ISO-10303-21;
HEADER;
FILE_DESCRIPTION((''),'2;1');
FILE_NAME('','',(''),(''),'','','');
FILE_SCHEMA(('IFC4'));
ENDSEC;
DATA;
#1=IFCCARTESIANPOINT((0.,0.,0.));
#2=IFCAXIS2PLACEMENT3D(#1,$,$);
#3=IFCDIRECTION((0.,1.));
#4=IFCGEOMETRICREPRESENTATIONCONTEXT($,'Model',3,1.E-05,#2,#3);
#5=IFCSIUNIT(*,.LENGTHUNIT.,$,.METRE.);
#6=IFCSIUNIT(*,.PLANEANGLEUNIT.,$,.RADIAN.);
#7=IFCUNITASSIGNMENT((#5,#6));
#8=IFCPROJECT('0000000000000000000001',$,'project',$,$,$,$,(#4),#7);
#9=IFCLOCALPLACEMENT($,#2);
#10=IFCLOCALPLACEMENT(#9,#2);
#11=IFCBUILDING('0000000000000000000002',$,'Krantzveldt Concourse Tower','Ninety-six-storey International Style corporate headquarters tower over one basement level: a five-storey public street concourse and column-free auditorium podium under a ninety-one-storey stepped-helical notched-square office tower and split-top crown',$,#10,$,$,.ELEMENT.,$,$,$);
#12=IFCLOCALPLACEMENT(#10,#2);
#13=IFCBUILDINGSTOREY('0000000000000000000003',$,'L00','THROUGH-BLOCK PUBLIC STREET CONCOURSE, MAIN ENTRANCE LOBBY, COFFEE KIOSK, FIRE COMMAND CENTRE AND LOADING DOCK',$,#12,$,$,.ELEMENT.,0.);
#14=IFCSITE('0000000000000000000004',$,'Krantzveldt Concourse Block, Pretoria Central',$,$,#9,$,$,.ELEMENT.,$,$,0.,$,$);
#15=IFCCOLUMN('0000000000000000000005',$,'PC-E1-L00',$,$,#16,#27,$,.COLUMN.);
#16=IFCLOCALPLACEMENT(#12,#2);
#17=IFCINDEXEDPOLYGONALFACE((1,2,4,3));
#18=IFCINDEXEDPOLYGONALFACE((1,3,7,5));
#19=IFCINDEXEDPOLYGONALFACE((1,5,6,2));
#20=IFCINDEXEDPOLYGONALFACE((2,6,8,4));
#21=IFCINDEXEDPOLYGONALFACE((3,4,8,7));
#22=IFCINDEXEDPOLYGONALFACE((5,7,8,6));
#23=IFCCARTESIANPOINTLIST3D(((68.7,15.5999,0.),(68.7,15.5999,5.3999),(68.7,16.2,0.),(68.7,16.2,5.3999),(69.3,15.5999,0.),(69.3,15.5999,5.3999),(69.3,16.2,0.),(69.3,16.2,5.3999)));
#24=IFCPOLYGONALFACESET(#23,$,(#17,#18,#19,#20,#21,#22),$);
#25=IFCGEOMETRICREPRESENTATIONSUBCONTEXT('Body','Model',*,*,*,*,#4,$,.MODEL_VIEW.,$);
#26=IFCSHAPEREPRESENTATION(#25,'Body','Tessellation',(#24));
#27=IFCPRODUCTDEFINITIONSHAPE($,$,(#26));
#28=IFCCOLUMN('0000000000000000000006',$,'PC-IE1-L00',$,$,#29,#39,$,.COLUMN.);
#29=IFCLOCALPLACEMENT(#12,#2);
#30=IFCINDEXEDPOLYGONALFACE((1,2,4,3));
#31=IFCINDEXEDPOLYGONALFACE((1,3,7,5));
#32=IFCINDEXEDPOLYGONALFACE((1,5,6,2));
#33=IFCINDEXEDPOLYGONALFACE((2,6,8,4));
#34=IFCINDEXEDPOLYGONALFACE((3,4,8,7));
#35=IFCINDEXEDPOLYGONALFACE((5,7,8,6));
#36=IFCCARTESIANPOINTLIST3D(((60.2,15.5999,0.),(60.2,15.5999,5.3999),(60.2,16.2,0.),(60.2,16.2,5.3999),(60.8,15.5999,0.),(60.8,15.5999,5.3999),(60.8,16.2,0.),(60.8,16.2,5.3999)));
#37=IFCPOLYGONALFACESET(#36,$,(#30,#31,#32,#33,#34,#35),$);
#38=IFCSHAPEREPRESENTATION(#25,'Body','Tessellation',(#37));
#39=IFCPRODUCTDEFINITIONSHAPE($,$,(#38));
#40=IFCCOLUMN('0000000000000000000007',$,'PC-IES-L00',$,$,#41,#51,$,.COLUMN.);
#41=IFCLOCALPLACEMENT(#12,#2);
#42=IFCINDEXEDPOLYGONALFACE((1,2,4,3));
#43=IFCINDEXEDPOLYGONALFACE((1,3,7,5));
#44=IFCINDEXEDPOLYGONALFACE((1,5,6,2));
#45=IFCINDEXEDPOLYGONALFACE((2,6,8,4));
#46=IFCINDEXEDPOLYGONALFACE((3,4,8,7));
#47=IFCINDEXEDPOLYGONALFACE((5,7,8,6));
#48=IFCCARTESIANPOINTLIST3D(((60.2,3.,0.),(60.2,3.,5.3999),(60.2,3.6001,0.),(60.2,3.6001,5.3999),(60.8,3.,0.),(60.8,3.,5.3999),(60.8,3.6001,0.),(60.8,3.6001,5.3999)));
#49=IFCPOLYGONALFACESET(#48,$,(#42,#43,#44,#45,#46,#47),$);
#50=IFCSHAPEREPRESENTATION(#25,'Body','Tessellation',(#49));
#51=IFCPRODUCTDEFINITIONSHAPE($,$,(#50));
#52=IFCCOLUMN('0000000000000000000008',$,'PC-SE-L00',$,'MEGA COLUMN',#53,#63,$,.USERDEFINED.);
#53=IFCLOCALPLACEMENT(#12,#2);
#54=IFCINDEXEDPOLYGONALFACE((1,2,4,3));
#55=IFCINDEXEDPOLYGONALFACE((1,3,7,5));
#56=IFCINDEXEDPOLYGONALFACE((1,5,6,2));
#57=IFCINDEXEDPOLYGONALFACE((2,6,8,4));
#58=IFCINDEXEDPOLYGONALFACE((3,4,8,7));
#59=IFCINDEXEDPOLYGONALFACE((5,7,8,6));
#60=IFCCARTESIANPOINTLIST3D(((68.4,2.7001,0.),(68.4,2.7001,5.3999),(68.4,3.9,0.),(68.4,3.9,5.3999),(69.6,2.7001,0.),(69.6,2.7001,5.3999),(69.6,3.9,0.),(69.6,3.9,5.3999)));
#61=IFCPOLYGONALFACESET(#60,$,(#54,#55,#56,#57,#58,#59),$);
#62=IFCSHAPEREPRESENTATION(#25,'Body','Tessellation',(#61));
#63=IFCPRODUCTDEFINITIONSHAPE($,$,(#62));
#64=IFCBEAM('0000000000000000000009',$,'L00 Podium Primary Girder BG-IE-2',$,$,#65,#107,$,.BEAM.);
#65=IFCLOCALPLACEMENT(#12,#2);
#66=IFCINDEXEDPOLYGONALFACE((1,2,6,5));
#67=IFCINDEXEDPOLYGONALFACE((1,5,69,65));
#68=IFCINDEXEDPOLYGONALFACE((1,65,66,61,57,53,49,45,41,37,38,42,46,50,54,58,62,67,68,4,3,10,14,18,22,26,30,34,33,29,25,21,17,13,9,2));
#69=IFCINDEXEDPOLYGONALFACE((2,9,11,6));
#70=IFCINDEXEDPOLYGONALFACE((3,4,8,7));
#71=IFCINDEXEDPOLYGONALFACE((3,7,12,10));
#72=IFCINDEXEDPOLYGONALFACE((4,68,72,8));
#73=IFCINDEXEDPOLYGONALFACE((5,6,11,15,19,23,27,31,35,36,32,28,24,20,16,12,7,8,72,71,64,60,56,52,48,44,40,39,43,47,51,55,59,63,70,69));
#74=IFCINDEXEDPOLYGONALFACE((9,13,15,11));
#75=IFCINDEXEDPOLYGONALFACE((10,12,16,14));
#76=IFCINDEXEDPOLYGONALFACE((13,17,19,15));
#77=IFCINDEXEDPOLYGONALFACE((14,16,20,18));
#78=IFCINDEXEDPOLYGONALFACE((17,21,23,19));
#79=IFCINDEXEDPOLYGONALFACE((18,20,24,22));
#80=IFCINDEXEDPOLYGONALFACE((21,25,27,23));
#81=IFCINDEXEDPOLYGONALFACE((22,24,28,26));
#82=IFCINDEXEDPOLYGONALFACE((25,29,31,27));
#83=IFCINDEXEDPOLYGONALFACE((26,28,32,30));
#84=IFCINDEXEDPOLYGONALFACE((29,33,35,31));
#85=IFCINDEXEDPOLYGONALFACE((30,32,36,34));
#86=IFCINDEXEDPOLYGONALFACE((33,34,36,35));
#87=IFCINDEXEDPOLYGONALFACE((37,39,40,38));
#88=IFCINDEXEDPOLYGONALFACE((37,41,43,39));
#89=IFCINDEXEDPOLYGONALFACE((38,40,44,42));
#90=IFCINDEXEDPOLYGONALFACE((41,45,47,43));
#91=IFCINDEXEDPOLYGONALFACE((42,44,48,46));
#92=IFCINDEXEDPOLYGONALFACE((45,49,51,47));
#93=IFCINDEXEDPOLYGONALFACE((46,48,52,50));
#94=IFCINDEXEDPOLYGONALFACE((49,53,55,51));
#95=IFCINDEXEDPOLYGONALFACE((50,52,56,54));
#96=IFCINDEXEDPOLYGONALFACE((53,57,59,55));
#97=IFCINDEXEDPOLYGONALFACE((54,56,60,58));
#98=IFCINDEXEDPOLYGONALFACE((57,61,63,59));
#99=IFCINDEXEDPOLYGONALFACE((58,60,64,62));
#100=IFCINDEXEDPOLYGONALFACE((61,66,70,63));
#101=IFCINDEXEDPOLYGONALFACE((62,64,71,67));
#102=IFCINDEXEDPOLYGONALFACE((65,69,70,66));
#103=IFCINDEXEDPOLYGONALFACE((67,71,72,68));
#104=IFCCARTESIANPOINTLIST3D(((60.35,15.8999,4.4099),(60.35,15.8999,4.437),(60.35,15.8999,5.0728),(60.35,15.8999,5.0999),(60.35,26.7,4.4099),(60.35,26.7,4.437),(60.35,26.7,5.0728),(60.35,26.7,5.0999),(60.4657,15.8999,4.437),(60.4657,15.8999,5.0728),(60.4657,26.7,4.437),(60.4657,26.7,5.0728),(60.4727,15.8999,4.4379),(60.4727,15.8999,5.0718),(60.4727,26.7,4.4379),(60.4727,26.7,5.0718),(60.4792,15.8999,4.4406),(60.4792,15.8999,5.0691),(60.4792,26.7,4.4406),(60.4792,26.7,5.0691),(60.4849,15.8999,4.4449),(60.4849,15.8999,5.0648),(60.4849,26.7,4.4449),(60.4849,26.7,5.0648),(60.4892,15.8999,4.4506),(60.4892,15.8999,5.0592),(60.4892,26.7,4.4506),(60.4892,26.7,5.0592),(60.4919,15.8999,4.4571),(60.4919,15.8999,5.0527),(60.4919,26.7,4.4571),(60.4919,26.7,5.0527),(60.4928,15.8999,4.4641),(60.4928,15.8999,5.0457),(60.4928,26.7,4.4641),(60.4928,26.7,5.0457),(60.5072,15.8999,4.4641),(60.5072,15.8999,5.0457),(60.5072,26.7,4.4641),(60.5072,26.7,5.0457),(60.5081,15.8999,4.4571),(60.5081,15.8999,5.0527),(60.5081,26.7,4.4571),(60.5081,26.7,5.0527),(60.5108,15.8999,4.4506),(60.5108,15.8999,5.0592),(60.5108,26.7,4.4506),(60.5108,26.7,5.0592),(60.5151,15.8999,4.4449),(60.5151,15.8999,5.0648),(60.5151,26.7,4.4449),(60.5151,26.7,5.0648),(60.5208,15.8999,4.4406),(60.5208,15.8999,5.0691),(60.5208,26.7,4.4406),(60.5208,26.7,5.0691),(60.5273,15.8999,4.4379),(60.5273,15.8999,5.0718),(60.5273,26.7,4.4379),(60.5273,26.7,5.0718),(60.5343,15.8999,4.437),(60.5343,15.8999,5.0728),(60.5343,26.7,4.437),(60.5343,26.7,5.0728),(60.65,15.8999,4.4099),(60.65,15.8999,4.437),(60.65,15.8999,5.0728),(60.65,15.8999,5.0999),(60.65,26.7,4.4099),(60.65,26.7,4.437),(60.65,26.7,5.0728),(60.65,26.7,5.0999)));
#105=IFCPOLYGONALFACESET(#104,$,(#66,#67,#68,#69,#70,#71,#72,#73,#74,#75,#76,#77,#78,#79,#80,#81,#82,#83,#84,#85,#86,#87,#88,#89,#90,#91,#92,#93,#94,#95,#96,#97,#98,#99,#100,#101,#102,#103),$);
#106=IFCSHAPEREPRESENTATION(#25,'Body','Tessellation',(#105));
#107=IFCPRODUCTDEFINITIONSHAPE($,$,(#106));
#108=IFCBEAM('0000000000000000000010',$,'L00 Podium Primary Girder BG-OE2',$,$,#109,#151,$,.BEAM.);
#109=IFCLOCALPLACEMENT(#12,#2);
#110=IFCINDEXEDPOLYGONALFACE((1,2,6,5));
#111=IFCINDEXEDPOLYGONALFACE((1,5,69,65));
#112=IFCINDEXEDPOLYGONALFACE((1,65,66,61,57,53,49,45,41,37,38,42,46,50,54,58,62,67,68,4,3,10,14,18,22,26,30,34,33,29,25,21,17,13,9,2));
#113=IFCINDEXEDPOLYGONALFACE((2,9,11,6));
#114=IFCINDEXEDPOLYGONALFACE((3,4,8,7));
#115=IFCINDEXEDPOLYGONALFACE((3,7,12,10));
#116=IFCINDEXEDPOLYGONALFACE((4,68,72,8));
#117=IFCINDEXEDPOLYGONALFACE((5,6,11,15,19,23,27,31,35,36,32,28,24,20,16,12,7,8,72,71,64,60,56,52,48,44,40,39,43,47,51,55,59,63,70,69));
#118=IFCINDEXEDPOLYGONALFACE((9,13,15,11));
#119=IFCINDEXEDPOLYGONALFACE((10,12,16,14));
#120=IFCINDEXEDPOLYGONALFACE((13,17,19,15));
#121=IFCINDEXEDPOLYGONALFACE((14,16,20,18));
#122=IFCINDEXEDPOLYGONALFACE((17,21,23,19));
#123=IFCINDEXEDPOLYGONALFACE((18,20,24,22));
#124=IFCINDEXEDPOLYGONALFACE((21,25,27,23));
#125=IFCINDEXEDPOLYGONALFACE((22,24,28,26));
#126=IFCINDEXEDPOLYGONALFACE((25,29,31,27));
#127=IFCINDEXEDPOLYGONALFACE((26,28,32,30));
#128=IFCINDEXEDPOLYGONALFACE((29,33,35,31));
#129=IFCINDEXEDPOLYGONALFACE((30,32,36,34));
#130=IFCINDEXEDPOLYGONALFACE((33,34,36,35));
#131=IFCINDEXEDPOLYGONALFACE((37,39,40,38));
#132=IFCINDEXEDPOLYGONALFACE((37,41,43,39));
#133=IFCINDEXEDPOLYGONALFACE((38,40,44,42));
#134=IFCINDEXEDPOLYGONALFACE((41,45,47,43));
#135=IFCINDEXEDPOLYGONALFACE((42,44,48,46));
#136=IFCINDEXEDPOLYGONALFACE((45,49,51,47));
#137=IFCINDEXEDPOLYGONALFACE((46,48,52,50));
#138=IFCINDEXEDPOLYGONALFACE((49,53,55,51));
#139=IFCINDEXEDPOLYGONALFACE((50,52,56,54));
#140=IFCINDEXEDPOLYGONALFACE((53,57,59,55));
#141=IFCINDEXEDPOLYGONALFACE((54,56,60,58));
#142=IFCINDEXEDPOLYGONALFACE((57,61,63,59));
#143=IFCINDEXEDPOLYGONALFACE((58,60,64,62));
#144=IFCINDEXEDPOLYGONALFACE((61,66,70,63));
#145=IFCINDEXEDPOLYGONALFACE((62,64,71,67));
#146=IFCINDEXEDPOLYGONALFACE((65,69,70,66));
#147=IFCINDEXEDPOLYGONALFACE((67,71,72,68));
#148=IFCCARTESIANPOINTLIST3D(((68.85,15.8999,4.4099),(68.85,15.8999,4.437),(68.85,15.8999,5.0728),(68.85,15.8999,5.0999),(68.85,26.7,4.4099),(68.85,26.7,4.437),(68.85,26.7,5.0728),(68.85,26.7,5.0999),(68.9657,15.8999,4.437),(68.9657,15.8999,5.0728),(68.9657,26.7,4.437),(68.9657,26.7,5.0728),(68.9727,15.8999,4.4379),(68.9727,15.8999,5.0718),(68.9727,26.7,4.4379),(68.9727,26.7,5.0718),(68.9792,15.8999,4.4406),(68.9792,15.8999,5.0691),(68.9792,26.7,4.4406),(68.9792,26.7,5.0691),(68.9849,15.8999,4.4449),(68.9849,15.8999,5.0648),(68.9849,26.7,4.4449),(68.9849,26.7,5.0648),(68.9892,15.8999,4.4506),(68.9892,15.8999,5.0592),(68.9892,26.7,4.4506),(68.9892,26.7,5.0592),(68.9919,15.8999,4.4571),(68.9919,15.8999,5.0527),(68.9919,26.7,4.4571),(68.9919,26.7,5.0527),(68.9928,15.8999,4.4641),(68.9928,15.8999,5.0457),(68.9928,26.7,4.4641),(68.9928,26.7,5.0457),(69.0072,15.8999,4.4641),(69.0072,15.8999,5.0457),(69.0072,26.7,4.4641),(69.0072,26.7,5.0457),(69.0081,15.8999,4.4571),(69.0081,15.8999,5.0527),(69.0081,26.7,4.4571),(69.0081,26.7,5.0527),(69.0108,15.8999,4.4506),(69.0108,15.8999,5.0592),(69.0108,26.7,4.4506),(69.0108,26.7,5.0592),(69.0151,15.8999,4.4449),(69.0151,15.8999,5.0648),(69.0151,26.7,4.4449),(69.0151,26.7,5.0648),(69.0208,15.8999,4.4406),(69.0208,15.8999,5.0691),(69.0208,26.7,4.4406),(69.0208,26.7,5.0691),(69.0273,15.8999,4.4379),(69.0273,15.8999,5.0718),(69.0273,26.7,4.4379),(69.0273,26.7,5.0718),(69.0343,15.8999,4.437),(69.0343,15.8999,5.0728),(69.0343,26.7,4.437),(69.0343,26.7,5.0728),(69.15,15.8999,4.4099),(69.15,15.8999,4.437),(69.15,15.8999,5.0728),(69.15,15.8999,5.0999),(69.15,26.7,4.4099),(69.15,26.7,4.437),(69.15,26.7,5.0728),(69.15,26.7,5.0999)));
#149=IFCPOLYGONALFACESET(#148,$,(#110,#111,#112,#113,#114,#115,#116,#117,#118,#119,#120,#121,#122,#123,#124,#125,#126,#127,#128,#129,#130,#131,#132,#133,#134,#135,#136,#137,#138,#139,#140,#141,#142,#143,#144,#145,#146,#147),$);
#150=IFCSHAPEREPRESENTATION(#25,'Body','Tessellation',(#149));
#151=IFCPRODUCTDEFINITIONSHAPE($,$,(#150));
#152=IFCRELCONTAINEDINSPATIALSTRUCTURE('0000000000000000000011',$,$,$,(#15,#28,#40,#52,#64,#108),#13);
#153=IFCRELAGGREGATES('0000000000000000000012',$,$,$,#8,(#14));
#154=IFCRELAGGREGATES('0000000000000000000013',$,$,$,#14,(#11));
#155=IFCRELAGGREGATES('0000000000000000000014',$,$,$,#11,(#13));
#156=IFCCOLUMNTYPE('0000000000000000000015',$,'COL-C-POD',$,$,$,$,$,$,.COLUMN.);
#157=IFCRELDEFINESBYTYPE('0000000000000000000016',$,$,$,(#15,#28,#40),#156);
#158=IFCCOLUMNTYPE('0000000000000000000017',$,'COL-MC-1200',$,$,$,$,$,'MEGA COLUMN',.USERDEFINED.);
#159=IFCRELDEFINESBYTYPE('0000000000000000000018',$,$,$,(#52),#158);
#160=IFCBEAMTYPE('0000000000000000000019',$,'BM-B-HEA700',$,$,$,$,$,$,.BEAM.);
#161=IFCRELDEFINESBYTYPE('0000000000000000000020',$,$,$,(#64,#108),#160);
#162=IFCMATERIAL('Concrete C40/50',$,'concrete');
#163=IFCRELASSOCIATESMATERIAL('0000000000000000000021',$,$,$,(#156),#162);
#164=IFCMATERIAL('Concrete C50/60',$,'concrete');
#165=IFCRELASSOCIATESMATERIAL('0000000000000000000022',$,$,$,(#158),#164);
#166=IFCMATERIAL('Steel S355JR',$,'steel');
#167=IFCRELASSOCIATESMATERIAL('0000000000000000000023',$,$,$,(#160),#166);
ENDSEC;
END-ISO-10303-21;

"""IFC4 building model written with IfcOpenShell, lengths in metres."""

from ifc_helpers import new_model, si_unit, direction, frame, origin, origin_2d, place, context, subcontext, project, spatial, rectangle, i_section, extrude, source, transform, mapped, material, material_profile, profile_set, type_object, type_shapes, element, save


model = new_model("IFC4")

# Units and contexts
model_context = context("Model", 3, precision=1e-05, world=origin(), true_north=direction((0.0, 1.0)))
body_context = subcontext(model_context, "Body", "Model", "MODEL_VIEW")
ifc_project = project(units=[si_unit("LENGTHUNIT", "METRE"), si_unit("PLANEANGLEUNIT", "RADIAN")], contexts=[model_context])

# Site, building, storey
site_placement = place(None, origin())
site = spatial("IfcSite", under=ifc_project, at=site_placement, Name="Krantzveldt Concourse Block, Pretoria Central", CompositionType="ELEMENT", RefElevation=0.0)
building_placement = place(site_placement, origin())
building = spatial("IfcBuilding", under=site, at=building_placement, Name="Krantzveldt Concourse Tower", Description="Ninety-six-storey International Style corporate headquarters tower over one basement level: a five-storey public street concourse and column-free auditorium podium under a ninety-one-storey stepped-helical notched-square office tower and split-top crown", CompositionType="ELEMENT")
storey_placement = place(building_placement, origin())
storey = spatial("IfcBuildingStorey", under=building, at=storey_placement, Name="L00", Description="THROUGH-BLOCK PUBLIC STREET CONCOURSE, MAIN ENTRANCE LOBBY, COFFEE KIOSK, FIRE COMMAND CENTRE AND LOADING DOCK", CompositionType="ELEMENT", Elevation=0.0)

# Columns
ifc_material_1 = material(Name="Concrete C40/50", Category="concrete")
ifc_material_profile_1 = material_profile(ifc_material_1, rectangle(XDim=0.6001, YDim=0.6001, at=origin_2d()), Name="Concrete C40/50", Category="concrete")
ifc_profile_set_1 = profile_set([ifc_material_profile_1], Name="Concrete C40/50 - RC 600x600")
column_type_1 = type_object("IfcColumnType", Name="COL-C-POD", PredefinedType="COLUMN", material=ifc_profile_set_1)
shared_shape_1 = source(origin(), body_context, "Body", "SweptSolid", [
    extrude(rectangle(XDim=0.6001, YDim=0.6001, at=origin_2d()), origin(), (0.0, 0.0, 1.0), 5.3999),
])
type_shapes(column_type_1, [shared_shape_1])
for number, where, z_axis, x_axis, name in (
    (1, (69.0, 15.8999, 0.0), (0.0, 0.0, 1.0), (1.0, 0.0, 0.0), "PC-E1-L00"),
    (2, (60.5, 15.8999, 0.0), (0.0, 0.0, 1.0), (1.0, 0.0, 0.0), "PC-IE1-L00"),
    (3, (60.5, 3.3, 0.0), (0.0, 0.0, 1.0), (1.0, 0.0, 0.0), "PC-IES-L00"),
):
    element("IfcColumn", number, at=place(storey_placement, frame(where, z_axis=z_axis, x_axis=x_axis)), inside=storey, type_object=column_type_1, Name=name, PredefinedType="COLUMN", context=body_context, shape_type="MappedRepresentation", body=[
        mapped(shared_shape_1, transform((0.0, 0.0, 0.0), x_axis=(1.0, 0.0, 0.0), y_axis=(0.0, 1.0, 0.0), z_axis=(0.0, 0.0, 1.0), scale=1.0)),
    ])
ifc_material_2 = material(Name="Concrete C50/60", Category="concrete")
ifc_material_profile_2 = material_profile(ifc_material_2, rectangle(XDim=1.2, YDim=1.2, at=origin_2d()), Name="Concrete C50/60", Category="concrete")
ifc_profile_set_2 = profile_set([ifc_material_profile_2], Name="Concrete C50/60 - RC 1200x1200")
column_type_2 = type_object("IfcColumnType", Name="COL-MC-1200", ElementType="MEGA COLUMN", PredefinedType="USERDEFINED", material=ifc_profile_set_2)
shared_shape_2 = source(origin(), body_context, "Body", "SweptSolid", [
    extrude(rectangle(XDim=1.2, YDim=1.2, at=origin_2d()), origin(), (0.0, 0.0, 1.0), 5.3999),
])
type_shapes(column_type_2, [shared_shape_2])
column_placement = place(storey_placement, frame((69.0, 3.3, 0.0), z_axis=(0.0, 0.0, 1.0), x_axis=(1.0, 0.0, 0.0)))
element("IfcColumn", 4, at=column_placement, inside=storey, type_object=column_type_2, Name="PC-SE-L00", ObjectType="MEGA COLUMN", PredefinedType="USERDEFINED", context=body_context, shape_type="MappedRepresentation", body=[
    mapped(shared_shape_2, transform((0.0, 0.0, 0.0), x_axis=(1.0, 0.0, 0.0), y_axis=(0.0, 1.0, 0.0), z_axis=(0.0, 0.0, 1.0), scale=1.0)),
])

# Beams
ifc_material_3 = material(Name="Steel S355JR", Category="steel")
ifc_material_profile_3 = material_profile(ifc_material_3, i_section(OverallWidth=0.3, OverallDepth=0.6899, WebThickness=0.0144, FlangeThickness=0.0271, FilletRadius=0.0271, at=origin_2d()), Name="Steel S355JR", Category="steel")
ifc_profile_set_3 = profile_set([ifc_material_profile_3], Name="Steel S355JR - HEA 700")
beam_type_1 = type_object("IfcBeamType", Name="BM-B-HEA700", PredefinedType="BEAM", material=ifc_profile_set_3)
shared_shape_3 = source(origin(), body_context, "Body", "SweptSolid", [
    extrude(i_section(OverallWidth=0.3, OverallDepth=0.6899, WebThickness=0.0144, FlangeThickness=0.0271, FilletRadius=0.0271, at=origin_2d()), origin(), (0.0, 0.0, 1.0), 10.8),
])
for number, where, z_axis, x_axis, name in (
    (5, (60.5, 15.8999, 4.7549), (0.0, 1.0, 0.0), (-1.0, 0.0, 0.0), "L00 Podium Primary Girder BG-IE-2"),
    (6, (69.0, 15.8999, 4.7549), (0.0, 1.0, 0.0), (-1.0, 0.0, 0.0), "L00 Podium Primary Girder BG-OE2"),
):
    element("IfcBeam", number, at=place(storey_placement, frame(where, z_axis=z_axis, x_axis=x_axis)), inside=storey, type_object=beam_type_1, Name=name, PredefinedType="BEAM", context=body_context, shape_type="MappedRepresentation", body=[
        mapped(shared_shape_3, transform((0.0, 0.0, 0.0), x_axis=(1.0, 0.0, 0.0), y_axis=(0.0, 1.0, 0.0), z_axis=(0.0, 0.0, 1.0), scale=1.0)),
    ])

save(model, "model.ifc")
